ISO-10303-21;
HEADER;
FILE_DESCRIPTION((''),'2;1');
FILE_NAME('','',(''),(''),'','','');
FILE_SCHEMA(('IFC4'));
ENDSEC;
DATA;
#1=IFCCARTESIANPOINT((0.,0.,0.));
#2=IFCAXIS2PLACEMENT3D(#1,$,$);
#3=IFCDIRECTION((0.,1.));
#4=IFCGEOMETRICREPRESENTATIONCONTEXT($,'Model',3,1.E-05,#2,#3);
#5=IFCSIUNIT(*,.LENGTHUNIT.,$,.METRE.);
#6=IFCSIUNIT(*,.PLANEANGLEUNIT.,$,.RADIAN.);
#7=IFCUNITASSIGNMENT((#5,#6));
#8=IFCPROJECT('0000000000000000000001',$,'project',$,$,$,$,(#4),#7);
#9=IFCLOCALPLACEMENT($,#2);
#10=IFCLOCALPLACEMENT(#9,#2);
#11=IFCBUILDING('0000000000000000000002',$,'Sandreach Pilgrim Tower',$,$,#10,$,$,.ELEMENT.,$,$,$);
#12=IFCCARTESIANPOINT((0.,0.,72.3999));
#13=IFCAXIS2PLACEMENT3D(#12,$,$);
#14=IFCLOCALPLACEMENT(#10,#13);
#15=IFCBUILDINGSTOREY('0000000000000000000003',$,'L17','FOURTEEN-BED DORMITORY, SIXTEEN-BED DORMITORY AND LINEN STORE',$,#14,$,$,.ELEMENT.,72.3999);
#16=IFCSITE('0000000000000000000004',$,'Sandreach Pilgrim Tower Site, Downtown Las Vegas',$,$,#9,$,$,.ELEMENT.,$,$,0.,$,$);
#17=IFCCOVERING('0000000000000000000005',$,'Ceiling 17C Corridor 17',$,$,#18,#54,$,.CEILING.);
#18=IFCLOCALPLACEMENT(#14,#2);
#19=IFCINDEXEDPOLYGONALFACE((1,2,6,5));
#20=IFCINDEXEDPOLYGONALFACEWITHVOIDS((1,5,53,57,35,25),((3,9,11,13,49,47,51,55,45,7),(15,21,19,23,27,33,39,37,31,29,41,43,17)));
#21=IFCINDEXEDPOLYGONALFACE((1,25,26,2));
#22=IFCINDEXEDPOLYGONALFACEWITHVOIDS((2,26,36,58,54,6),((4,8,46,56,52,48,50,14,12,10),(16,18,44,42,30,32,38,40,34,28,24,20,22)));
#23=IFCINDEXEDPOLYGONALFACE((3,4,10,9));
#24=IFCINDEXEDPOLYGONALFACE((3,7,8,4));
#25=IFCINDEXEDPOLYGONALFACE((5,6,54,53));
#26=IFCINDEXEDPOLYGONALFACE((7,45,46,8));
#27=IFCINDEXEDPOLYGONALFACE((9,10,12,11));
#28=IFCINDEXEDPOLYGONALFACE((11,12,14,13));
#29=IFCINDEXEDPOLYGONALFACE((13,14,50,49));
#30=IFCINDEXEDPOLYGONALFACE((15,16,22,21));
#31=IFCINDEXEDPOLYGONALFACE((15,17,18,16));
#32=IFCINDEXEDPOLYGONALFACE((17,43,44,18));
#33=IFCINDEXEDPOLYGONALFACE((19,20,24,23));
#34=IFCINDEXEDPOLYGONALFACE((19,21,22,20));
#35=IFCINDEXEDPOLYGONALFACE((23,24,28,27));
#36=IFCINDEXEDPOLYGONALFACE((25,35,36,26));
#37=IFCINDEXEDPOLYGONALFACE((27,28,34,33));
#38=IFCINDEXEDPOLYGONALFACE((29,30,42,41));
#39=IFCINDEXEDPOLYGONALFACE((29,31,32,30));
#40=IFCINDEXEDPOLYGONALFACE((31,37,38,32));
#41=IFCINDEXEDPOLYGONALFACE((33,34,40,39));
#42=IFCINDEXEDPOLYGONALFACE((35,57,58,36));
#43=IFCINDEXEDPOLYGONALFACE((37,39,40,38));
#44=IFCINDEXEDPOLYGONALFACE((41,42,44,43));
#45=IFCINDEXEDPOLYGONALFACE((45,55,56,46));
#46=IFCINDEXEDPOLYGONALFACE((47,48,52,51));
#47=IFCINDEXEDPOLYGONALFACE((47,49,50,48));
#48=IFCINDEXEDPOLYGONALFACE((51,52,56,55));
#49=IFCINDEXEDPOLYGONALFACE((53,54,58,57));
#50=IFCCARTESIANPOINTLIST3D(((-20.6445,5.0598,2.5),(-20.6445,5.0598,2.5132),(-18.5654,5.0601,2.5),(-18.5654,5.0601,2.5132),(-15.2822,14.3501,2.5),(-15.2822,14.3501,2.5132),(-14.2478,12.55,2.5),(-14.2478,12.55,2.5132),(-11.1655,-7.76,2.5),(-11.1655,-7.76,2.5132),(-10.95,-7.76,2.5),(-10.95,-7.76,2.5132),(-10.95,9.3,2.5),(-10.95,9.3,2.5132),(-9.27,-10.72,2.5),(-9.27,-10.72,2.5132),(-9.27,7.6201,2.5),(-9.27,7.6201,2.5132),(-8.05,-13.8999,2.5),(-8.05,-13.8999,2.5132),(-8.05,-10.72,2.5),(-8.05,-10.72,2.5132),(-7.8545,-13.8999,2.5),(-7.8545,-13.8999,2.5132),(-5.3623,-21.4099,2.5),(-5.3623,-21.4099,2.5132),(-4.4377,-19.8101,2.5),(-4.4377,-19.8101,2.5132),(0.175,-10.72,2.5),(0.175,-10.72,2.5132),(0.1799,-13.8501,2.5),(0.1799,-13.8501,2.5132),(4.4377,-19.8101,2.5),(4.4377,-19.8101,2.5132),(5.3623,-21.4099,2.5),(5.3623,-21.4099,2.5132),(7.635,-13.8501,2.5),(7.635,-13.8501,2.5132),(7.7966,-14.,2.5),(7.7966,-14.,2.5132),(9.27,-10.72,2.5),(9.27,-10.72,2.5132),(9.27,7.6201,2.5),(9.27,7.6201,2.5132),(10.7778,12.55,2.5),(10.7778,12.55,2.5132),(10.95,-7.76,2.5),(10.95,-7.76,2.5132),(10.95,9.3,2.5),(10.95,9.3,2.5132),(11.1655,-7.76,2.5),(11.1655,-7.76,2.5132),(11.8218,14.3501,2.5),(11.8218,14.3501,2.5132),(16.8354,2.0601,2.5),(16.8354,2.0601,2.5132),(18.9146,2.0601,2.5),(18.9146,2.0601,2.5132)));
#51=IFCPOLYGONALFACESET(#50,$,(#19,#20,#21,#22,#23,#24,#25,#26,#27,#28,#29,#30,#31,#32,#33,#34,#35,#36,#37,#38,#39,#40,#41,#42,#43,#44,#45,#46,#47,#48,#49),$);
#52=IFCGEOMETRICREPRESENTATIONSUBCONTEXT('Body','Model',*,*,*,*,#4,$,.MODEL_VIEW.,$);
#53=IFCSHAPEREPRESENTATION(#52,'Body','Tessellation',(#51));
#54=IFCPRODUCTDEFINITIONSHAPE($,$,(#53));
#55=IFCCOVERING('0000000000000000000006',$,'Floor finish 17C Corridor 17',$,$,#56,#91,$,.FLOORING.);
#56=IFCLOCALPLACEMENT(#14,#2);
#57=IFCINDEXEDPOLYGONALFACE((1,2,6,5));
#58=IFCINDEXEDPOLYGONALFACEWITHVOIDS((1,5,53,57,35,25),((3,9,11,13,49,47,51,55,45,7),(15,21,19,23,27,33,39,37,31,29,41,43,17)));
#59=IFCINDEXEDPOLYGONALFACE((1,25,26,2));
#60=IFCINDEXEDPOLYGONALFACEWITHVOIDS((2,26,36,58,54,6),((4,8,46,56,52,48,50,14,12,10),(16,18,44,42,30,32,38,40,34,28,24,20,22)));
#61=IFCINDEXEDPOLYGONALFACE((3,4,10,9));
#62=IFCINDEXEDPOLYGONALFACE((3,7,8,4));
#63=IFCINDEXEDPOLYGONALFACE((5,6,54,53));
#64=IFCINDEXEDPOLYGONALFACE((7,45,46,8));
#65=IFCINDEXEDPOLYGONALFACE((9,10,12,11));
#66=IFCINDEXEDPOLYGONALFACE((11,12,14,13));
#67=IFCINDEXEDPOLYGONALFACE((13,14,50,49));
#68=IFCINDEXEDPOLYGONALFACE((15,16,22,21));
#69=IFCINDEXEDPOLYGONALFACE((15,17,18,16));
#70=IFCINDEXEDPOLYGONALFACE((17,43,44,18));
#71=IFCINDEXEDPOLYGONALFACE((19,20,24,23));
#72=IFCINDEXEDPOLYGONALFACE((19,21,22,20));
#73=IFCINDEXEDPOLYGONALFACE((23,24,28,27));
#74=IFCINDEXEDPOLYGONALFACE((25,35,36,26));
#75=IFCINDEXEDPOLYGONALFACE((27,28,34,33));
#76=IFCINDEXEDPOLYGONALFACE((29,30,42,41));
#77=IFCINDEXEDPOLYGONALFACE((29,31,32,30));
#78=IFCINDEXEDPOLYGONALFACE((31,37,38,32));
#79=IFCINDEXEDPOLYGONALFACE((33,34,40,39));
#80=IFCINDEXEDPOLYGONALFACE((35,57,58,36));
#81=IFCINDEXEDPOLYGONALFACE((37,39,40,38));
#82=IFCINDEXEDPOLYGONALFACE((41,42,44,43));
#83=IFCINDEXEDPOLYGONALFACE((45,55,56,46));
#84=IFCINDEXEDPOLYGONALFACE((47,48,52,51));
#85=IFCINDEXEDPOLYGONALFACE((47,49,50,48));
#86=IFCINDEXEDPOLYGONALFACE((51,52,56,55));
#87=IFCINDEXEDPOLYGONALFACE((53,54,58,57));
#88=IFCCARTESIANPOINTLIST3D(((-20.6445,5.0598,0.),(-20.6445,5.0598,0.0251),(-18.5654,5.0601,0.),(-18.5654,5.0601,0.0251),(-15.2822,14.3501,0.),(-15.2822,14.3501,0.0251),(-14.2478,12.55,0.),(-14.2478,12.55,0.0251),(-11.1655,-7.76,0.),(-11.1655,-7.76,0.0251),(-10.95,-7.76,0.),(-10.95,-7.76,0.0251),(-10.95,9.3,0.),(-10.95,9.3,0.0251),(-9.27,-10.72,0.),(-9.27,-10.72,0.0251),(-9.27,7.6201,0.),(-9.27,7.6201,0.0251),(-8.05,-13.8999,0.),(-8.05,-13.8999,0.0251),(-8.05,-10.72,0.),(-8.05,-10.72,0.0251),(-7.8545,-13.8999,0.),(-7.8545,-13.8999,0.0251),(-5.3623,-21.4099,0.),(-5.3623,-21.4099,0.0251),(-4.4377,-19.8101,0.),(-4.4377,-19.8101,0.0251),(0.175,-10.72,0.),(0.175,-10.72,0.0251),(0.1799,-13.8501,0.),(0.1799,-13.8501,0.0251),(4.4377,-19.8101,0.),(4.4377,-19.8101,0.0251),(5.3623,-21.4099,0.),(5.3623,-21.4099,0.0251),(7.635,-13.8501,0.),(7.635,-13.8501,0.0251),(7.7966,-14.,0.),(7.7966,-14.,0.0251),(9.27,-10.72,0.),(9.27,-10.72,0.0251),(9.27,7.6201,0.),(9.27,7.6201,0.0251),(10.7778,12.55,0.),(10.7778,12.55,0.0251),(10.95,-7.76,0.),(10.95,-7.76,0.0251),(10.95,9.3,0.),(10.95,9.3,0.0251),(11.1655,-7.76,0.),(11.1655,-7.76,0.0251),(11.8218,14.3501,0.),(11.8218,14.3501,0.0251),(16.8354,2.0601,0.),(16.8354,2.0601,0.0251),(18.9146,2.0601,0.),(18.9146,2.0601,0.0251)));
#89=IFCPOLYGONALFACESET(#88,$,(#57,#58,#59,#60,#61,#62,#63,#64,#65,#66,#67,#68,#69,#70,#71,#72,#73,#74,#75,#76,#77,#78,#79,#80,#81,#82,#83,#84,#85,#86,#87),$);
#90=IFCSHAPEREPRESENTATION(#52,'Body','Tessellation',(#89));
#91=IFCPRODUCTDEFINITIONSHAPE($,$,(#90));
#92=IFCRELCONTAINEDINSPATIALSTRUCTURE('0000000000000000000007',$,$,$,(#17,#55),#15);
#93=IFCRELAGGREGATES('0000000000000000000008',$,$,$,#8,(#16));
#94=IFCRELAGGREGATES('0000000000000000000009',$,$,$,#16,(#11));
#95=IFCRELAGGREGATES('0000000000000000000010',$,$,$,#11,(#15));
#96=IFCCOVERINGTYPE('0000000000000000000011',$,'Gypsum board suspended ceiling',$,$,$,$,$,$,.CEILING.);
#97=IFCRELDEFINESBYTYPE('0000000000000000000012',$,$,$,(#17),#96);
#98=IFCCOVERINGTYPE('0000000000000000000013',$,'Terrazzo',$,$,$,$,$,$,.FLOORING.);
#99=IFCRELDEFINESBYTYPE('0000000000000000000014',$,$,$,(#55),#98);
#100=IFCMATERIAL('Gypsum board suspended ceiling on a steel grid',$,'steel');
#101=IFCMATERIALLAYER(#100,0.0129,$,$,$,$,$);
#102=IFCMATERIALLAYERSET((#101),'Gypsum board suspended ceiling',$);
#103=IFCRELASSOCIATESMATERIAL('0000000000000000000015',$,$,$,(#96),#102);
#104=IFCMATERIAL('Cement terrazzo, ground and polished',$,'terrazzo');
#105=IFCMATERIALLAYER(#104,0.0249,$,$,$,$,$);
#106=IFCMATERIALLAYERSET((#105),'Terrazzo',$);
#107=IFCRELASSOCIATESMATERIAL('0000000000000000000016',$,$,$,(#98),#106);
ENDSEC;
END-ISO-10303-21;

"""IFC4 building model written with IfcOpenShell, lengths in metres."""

from ifc_helpers import new_model, si_unit, direction, frame, origin, place, context, subcontext, project, spatial, polyline, outline, extrude, material, layer, layer_set, type_object, element, save


model = new_model("IFC4")

# Units and contexts
model_context = context("Model", 3, precision=1e-05, world=origin(), true_north=direction((0.0, 1.0)))
body_context = subcontext(model_context, "Body", "Model", "MODEL_VIEW")
ifc_project = project(units=[si_unit("LENGTHUNIT", "METRE"), si_unit("PLANEANGLEUNIT", "RADIAN")], contexts=[model_context])

# Site, building, storey
site_placement = place(None, origin())
site = spatial("IfcSite", under=ifc_project, at=site_placement, Name="Sandreach Pilgrim Tower Site, Downtown Las Vegas", CompositionType="ELEMENT", RefElevation=0.0)
building_placement = place(site_placement, origin())
building = spatial("IfcBuilding", under=site, at=building_placement, Name="Sandreach Pilgrim Tower", CompositionType="ELEMENT")
storey_placement = place(building_placement, frame((0.0, 0.0, 72.3999)))
storey = spatial("IfcBuildingStorey", under=building, at=storey_placement, Name="L17", Description="FOURTEEN-BED DORMITORY, SIXTEEN-BED DORMITORY AND LINEN STORE", CompositionType="ELEMENT", Elevation=72.3999)

# Coverings
ifc_material_1 = material(Name="Gypsum board suspended ceiling on a steel grid", Category="steel")
ifc_layer_1 = layer(ifc_material_1, 0.0129)
ifc_layer_set_1 = layer_set([ifc_layer_1], Name="Gypsum board suspended ceiling")
covering_type_1 = type_object("IfcCoveringType", Name="Gypsum board suspended ceiling", PredefinedType="CEILING", material=ifc_layer_set_1)
covering_1_placement = place(storey_placement, frame((0.0, 0.0, 2.5)))
element("IfcCovering", 1, at=covering_1_placement, inside=storey, type_object=covering_type_1, Name="Ceiling 17C Corridor 17", PredefinedType="CEILING", context=body_context, shape_type="SweptSolid", body=[
    extrude(outline(polyline([(-5.3623, -21.4099), (-20.6445, 5.0598), (-15.2822, 14.3501), (11.8218, 14.3501), (18.9146, 2.0601), (5.3623, -21.4099), (-5.3623, -21.4099)]), holes=[polyline([(-11.1655, -7.76), (-10.95, -7.76), (-10.95, 9.3), (10.95, 9.3), (10.95, -7.76), (11.1655, -7.76), (16.8354, 2.0601), (10.7778, 12.55), (-14.2478, 12.55), (-18.5654, 5.0601), (-11.1655, -7.76)]), polyline([(-8.05, -10.72), (-8.05, -13.8999), (-7.8545, -13.8999), (-4.4377, -19.8101), (4.4377, -19.8101), (7.7966, -14.0), (7.635, -13.8501), (0.1799, -13.8501), (0.175, -10.72), (9.27, -10.72), (9.27, 7.6201), (-9.27, 7.6201), (-9.27, -10.72), (-8.05, -10.72)])]), origin(), (0.0, 0.0, 1.0), 0.0132),
])
ifc_material_2 = material(Name="Cement terrazzo, ground and polished", Category="terrazzo")
ifc_layer_2 = layer(ifc_material_2, 0.0249)
ifc_layer_set_2 = layer_set([ifc_layer_2], Name="Terrazzo")
covering_type_2 = type_object("IfcCoveringType", Name="Terrazzo", PredefinedType="FLOORING", material=ifc_layer_set_2)
covering_2_placement = place(storey_placement, origin())
element("IfcCovering", 2, at=covering_2_placement, inside=storey, type_object=covering_type_2, Name="Floor finish 17C Corridor 17", PredefinedType="FLOORING", context=body_context, shape_type="SweptSolid", body=[
    extrude(outline(polyline([(-5.3623, -21.4099), (-20.6445, 5.0598), (-15.2822, 14.3501), (11.8218, 14.3501), (18.9146, 2.0601), (5.3623, -21.4099), (-5.3623, -21.4099)]), holes=[polyline([(-11.1655, -7.76), (-10.95, -7.76), (-10.95, 9.3), (10.95, 9.3), (10.95, -7.76), (11.1655, -7.76), (16.8354, 2.0601), (10.7778, 12.55), (-14.2478, 12.55), (-18.5654, 5.0601), (-11.1655, -7.76)]), polyline([(-8.05, -10.72), (-8.05, -13.8999), (-7.8545, -13.8999), (-4.4377, -19.8101), (4.4377, -19.8101), (7.7966, -14.0), (7.635, -13.8501), (0.1799, -13.8501), (0.175, -10.72), (9.27, -10.72), (9.27, 7.6201), (-9.27, 7.6201), (-9.27, -10.72), (-8.05, -10.72)])]), origin(), (0.0, 0.0, 1.0), 0.0251),
])

save(model, "model.ifc")
